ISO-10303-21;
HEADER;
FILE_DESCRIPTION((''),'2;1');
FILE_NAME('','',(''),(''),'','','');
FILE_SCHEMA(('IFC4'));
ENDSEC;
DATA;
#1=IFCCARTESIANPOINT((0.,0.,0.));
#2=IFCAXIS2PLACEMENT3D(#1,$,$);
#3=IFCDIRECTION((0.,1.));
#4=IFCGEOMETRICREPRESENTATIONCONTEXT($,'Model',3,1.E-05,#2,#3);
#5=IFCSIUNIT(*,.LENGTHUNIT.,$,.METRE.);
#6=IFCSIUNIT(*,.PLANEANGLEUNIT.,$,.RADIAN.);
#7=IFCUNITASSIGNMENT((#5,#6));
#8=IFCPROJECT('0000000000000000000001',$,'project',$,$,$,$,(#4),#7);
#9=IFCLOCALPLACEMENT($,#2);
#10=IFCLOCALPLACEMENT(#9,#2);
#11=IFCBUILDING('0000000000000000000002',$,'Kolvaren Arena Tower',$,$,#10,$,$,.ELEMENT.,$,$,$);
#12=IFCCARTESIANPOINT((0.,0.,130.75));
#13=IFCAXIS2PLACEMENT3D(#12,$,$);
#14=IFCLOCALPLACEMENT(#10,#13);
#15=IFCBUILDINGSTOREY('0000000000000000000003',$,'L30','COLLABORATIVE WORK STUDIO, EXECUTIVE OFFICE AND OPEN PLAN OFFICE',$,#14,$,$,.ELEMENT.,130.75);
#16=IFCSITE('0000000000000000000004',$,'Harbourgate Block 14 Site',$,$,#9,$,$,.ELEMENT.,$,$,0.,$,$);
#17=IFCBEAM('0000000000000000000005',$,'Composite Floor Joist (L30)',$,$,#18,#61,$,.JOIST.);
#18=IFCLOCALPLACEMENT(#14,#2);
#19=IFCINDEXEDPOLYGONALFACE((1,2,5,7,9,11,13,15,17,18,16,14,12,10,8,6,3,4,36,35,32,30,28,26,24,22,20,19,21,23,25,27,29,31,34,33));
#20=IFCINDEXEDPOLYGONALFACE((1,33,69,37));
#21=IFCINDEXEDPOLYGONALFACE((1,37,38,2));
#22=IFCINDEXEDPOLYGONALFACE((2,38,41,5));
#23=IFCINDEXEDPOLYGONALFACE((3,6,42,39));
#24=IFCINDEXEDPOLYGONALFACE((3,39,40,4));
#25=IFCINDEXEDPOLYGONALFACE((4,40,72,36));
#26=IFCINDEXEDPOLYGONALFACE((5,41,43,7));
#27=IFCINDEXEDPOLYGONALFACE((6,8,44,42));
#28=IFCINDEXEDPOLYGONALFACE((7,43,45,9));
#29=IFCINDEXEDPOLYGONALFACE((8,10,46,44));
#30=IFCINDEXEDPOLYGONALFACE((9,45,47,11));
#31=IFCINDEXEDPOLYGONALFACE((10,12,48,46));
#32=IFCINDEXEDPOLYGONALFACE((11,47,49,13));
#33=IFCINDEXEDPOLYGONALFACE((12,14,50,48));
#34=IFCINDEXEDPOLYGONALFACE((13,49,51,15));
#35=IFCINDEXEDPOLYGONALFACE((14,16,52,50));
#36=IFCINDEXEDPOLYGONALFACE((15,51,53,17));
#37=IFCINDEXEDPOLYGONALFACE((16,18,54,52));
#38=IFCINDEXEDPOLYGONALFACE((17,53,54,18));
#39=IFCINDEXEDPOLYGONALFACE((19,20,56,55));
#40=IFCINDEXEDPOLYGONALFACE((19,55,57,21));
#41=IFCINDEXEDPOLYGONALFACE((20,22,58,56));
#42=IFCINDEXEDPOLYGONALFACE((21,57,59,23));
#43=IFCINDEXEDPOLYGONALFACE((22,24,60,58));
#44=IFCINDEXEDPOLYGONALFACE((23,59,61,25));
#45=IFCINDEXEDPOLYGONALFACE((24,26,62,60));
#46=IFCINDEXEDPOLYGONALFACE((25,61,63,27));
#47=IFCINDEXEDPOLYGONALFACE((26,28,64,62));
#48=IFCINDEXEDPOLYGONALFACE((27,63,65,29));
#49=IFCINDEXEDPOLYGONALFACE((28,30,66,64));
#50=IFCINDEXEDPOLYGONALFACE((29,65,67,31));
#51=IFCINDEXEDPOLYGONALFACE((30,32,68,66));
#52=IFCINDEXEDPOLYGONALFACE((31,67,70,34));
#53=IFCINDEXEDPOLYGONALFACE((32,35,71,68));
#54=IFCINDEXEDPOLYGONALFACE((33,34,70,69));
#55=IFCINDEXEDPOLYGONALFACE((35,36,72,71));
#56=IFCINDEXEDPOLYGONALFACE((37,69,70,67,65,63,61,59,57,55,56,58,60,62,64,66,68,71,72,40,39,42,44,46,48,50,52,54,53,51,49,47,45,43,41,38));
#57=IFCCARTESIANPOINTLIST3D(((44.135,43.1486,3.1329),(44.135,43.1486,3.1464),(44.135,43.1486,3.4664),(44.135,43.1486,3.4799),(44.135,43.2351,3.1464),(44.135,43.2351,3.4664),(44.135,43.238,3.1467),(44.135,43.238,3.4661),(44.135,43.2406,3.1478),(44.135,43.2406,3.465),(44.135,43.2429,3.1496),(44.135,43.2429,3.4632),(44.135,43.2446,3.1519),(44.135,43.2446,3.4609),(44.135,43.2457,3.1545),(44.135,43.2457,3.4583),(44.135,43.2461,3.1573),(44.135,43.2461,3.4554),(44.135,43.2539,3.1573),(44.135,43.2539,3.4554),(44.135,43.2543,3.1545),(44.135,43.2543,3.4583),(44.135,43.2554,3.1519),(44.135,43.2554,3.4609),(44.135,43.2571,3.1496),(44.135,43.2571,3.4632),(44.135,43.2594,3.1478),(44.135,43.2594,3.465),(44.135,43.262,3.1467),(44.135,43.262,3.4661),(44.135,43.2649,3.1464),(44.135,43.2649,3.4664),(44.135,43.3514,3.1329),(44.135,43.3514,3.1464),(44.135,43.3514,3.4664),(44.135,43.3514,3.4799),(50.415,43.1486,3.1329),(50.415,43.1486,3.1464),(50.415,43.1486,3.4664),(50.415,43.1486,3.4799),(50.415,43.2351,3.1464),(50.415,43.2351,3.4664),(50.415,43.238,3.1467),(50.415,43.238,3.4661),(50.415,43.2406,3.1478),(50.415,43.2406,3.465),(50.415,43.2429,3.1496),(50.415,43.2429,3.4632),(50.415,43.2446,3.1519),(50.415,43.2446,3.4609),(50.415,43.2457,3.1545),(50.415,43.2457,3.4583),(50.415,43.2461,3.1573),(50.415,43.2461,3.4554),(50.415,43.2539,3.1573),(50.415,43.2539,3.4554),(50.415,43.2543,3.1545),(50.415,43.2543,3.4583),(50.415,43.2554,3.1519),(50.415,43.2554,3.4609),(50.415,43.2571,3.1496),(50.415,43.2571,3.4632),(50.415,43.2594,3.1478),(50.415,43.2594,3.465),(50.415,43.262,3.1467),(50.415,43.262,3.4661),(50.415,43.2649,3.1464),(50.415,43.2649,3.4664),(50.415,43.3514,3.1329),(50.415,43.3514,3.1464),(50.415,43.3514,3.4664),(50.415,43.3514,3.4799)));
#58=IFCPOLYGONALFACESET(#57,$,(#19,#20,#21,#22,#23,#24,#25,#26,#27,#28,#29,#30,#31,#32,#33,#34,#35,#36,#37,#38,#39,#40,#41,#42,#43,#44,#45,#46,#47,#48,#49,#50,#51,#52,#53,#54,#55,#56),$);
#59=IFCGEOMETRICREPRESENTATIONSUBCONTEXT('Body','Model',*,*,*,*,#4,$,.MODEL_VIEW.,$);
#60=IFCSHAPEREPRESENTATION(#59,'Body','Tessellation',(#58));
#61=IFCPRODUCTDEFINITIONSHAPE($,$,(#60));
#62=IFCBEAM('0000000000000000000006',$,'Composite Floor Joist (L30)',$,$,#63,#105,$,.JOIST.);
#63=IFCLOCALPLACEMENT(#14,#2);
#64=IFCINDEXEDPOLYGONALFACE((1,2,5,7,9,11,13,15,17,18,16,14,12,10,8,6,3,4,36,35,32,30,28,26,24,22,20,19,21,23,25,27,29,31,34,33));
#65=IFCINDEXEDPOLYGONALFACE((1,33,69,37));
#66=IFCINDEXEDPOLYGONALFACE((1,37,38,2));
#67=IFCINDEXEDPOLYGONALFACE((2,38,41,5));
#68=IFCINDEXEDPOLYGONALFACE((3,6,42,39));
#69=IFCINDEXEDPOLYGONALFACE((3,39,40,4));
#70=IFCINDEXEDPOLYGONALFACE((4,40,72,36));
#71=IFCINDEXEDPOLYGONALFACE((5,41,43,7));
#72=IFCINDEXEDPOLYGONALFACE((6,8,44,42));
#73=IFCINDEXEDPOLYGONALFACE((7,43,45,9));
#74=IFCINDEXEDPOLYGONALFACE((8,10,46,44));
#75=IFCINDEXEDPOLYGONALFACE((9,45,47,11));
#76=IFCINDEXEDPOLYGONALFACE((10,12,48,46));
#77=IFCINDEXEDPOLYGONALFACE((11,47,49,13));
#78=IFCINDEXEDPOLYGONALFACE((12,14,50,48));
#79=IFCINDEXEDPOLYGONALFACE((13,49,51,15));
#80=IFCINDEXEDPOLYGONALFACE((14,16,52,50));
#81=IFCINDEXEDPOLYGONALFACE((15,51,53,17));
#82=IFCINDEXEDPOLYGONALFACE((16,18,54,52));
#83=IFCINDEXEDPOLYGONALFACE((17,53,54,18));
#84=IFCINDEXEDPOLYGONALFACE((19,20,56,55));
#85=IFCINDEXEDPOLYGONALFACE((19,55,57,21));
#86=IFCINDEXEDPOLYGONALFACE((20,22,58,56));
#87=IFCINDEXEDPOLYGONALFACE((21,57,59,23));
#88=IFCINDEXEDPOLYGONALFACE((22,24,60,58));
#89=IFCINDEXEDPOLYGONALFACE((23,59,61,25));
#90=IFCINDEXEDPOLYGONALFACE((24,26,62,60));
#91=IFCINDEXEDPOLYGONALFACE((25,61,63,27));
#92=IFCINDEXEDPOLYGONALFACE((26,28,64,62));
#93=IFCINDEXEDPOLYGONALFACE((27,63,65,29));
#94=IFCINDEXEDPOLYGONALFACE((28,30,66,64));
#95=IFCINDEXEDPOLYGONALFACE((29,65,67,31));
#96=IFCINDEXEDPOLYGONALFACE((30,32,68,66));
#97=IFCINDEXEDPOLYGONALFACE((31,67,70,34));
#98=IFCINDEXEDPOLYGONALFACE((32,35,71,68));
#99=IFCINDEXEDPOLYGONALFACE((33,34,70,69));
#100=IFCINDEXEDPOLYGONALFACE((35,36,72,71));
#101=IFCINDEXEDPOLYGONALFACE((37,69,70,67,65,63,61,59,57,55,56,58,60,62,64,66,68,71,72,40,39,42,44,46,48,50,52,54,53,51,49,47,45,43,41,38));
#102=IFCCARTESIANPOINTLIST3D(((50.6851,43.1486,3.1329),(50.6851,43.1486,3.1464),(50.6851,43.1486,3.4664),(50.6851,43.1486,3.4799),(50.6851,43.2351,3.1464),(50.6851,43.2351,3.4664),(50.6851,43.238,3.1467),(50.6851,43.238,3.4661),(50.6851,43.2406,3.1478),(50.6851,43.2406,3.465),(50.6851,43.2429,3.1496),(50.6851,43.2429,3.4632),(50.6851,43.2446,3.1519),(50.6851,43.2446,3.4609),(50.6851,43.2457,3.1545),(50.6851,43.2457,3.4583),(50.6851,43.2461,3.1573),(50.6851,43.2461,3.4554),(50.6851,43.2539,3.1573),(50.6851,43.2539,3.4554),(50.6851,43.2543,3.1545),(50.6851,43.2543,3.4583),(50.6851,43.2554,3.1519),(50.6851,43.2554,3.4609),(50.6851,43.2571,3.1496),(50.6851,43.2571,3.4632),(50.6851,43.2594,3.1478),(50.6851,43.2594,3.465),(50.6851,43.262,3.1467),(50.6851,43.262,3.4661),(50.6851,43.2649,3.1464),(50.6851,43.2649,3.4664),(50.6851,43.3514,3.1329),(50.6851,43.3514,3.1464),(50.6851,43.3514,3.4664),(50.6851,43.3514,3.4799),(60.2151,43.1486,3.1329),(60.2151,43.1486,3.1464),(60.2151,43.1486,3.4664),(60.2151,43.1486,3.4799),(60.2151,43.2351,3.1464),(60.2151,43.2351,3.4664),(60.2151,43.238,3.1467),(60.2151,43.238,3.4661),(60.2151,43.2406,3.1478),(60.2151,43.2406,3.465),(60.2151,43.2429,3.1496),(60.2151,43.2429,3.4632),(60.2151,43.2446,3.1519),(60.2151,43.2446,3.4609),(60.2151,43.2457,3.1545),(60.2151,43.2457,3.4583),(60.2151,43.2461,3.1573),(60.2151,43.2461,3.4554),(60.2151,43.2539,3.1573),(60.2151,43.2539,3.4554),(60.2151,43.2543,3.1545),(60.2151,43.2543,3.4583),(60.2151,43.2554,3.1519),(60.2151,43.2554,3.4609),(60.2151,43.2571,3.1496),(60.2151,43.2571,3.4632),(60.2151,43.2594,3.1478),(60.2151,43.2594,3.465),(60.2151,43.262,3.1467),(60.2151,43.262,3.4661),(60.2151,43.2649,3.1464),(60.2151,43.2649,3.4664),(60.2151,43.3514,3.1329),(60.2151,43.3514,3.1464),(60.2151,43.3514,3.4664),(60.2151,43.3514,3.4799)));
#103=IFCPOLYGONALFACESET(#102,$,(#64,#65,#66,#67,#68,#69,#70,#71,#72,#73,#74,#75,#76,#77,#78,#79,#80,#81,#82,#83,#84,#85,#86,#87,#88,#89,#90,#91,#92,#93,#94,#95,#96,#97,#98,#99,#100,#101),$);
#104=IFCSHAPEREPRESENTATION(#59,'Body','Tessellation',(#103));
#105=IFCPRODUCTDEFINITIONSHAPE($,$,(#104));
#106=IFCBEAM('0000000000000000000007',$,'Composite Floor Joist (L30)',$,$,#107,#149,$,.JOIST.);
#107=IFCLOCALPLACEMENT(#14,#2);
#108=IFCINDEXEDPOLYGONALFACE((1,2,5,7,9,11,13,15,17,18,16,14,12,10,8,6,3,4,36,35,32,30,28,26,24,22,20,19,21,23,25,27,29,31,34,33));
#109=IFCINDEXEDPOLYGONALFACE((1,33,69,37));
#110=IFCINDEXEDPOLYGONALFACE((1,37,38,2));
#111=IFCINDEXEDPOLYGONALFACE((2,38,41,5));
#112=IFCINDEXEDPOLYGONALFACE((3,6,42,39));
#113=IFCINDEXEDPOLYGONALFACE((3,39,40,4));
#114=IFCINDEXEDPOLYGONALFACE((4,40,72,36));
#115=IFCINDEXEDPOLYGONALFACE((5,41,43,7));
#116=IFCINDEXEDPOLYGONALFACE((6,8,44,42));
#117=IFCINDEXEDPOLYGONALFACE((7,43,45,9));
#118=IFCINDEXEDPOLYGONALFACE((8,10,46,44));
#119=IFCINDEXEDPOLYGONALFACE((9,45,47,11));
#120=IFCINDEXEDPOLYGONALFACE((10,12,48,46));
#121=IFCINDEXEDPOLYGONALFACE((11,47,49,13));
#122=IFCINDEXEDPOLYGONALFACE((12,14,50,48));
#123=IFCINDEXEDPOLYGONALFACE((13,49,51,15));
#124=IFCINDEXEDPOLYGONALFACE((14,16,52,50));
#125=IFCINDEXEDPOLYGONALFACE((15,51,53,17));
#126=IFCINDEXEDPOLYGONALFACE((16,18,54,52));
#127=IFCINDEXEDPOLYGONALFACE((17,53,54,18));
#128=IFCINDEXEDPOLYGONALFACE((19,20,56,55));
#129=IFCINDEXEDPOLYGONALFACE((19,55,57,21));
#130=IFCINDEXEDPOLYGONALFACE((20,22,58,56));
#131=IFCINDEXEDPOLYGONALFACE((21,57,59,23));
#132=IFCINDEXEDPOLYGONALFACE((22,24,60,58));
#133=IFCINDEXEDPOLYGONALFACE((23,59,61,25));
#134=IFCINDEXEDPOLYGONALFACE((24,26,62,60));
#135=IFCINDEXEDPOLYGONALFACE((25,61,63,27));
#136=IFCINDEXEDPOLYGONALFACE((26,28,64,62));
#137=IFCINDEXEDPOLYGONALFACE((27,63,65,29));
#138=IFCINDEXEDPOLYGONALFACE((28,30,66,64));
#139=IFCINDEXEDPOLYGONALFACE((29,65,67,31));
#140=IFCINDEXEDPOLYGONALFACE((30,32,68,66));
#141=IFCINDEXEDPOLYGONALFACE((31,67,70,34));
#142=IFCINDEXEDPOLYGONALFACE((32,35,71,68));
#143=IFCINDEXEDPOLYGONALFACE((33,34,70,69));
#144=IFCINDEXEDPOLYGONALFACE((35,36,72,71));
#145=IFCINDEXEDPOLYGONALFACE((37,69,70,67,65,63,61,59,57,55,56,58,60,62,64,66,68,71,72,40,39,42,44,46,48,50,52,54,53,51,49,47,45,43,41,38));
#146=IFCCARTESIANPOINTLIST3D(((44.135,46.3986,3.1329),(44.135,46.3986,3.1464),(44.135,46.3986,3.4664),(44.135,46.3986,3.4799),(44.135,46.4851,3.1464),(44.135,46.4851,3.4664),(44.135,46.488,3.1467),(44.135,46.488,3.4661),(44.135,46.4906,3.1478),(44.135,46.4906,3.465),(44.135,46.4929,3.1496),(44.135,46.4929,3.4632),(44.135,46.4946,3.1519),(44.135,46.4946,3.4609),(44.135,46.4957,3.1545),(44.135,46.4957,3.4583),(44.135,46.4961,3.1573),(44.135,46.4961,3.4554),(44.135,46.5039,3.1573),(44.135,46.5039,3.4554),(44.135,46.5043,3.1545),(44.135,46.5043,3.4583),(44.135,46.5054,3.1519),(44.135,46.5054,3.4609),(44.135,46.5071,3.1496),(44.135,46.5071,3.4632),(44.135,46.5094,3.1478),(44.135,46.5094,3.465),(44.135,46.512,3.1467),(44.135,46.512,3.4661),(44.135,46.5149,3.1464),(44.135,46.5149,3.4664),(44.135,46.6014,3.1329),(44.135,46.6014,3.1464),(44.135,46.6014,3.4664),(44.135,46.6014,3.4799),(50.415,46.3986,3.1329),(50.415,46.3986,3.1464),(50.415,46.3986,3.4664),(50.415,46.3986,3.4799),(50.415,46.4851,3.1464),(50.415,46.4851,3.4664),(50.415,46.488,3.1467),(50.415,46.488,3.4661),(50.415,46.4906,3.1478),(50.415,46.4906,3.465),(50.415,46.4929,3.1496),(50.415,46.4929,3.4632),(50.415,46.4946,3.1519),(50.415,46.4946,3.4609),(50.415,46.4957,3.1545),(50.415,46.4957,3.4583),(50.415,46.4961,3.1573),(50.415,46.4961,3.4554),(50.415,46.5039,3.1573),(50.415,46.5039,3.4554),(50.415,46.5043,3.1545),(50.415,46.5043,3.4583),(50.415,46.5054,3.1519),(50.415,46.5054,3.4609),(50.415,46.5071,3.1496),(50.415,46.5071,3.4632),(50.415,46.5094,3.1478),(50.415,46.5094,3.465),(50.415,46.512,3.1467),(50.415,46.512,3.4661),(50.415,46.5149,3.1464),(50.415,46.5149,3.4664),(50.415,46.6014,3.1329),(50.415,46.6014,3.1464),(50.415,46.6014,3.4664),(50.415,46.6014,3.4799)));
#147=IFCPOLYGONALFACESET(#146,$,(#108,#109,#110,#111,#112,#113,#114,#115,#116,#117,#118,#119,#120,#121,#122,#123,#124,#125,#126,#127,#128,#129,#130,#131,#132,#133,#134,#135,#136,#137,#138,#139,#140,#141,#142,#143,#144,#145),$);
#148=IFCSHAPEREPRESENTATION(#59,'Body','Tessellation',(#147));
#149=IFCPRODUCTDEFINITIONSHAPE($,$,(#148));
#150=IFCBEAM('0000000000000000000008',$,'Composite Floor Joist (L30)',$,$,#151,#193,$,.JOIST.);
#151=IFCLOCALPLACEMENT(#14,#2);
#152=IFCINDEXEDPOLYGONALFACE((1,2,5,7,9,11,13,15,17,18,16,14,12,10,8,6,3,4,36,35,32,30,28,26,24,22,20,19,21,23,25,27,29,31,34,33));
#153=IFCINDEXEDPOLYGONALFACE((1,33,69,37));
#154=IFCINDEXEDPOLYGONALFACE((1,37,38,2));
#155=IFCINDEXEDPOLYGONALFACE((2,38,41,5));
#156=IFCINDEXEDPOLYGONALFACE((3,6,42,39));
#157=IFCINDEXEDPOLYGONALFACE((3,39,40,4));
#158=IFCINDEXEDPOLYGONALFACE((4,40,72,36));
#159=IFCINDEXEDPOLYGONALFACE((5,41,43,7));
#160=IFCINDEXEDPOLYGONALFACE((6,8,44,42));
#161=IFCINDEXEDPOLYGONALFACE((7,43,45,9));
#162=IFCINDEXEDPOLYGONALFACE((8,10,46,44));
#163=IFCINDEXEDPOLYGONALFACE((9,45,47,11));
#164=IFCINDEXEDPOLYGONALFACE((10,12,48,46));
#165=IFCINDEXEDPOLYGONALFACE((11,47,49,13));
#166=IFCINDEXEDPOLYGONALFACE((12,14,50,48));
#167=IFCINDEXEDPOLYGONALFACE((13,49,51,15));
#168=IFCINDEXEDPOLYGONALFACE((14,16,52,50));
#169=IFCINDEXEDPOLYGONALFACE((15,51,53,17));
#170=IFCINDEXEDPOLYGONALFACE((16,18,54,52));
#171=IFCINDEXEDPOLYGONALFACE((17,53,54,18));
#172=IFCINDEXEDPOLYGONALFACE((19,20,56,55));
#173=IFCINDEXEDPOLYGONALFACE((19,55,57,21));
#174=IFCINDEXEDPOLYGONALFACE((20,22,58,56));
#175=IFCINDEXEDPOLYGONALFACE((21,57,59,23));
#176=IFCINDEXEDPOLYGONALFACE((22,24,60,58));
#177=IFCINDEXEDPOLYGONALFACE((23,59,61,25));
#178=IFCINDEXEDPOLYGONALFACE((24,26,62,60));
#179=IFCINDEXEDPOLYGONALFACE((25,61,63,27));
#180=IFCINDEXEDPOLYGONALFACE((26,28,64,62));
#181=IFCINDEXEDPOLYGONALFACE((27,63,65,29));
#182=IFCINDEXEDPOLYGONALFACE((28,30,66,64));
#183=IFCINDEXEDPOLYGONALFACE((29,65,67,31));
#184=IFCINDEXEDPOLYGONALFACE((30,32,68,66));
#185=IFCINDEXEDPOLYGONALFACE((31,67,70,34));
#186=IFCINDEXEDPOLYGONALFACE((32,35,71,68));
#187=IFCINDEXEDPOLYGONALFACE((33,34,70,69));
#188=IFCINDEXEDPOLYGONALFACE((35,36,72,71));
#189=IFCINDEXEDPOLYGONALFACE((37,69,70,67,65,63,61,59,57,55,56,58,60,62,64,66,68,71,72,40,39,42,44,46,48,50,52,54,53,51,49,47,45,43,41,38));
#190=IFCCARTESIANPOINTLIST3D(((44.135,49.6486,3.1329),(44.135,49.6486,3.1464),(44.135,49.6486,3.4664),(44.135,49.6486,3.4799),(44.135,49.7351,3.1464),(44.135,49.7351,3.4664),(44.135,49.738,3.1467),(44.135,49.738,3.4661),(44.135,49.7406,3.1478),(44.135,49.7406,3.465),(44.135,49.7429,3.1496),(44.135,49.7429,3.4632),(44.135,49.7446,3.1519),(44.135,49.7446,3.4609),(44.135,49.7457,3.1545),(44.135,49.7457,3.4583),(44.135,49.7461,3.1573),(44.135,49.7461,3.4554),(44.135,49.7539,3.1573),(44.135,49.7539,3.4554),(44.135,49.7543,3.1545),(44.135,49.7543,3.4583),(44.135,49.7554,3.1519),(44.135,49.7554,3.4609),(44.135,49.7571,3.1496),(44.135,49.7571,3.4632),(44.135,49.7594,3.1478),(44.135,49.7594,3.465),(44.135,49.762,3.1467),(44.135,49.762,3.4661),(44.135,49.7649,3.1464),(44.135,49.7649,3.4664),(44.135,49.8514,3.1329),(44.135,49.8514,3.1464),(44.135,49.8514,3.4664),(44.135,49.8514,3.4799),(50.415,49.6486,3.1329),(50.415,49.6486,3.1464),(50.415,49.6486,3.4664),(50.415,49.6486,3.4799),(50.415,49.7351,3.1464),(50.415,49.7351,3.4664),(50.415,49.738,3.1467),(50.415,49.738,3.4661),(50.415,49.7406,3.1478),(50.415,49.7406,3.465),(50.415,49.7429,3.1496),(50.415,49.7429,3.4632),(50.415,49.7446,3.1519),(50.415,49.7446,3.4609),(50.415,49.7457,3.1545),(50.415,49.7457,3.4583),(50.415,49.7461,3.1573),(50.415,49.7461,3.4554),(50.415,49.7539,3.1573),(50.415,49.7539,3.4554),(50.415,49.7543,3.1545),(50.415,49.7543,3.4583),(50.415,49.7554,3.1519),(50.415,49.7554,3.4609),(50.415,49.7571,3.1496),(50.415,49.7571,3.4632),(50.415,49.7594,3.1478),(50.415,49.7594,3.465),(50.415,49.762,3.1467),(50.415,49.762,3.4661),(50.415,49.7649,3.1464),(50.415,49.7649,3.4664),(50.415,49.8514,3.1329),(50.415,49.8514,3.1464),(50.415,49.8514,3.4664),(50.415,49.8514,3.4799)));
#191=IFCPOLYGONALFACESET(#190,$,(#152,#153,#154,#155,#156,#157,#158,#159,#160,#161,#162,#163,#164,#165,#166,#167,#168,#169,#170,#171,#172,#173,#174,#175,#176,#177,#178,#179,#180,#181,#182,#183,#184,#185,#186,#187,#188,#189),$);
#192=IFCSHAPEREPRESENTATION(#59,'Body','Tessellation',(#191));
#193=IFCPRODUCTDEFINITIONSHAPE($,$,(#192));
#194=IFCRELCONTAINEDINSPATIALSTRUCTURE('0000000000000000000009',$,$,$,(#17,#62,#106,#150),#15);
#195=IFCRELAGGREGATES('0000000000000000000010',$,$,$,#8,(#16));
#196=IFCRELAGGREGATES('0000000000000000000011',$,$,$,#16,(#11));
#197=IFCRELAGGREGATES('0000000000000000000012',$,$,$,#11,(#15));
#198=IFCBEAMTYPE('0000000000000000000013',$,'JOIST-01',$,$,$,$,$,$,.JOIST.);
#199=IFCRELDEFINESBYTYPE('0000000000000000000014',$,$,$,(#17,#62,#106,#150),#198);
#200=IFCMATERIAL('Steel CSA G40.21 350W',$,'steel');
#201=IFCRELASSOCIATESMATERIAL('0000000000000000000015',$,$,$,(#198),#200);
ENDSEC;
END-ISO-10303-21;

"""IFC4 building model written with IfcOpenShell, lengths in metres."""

from ifc_helpers import new_model, si_unit, direction, frame, origin, origin_2d, place, context, subcontext, project, spatial, i_section, extrude, material, material_profile, profile_set, type_object, element, save


model = new_model("IFC4")

# Units and contexts
model_context = context("Model", 3, precision=1e-05, world=origin(), true_north=direction((0.0, 1.0)))
body_context = subcontext(model_context, "Body", "Model", "MODEL_VIEW")
ifc_project = project(units=[si_unit("LENGTHUNIT", "METRE"), si_unit("PLANEANGLEUNIT", "RADIAN")], contexts=[model_context])

# Site, building, storey
site_placement = place(None, origin())
site = spatial("IfcSite", under=ifc_project, at=site_placement, Name="Harbourgate Block 14 Site", CompositionType="ELEMENT", RefElevation=0.0)
building_placement = place(site_placement, origin())
building = spatial("IfcBuilding", under=site, at=building_placement, Name="Kolvaren Arena Tower", CompositionType="ELEMENT")
storey_placement = place(building_placement, frame((0.0, 0.0, 130.75)))
storey = spatial("IfcBuildingStorey", under=building, at=storey_placement, Name="L30", Description="COLLABORATIVE WORK STUDIO, EXECUTIVE OFFICE AND OPEN PLAN OFFICE", CompositionType="ELEMENT", Elevation=130.75)

# Beams
ifc_material_1 = material(Name="Steel CSA G40.21 350W", Category="steel")
ifc_material_profile_1 = material_profile(ifc_material_1, i_section(OverallWidth=0.2029, OverallDepth=0.3469, WebThickness=0.0078, FlangeThickness=0.0134, FilletRadius=0.011, at=origin_2d()), Name="W360x64")
ifc_profile_set_1 = profile_set([ifc_material_profile_1], Name="Steel CSA G40.21 350W")
beam_type_1 = type_object("IfcBeamType", Name="JOIST-01", PredefinedType="JOIST", material=ifc_profile_set_1)
beam_1_placement = place(storey_placement, frame((44.135, 43.25, 3.3064), z_axis=(1.0, 0.0, 0.0), x_axis=(0.0, 1.0, 0.0)))
element("IfcBeam", 1, at=beam_1_placement, inside=storey, type_object=beam_type_1, Name="Composite Floor Joist (L30)", PredefinedType="JOIST", context=body_context, shape_type="SweptSolid", body=[
    extrude(i_section(OverallWidth=0.2029, OverallDepth=0.3469, WebThickness=0.0078, FlangeThickness=0.0134, FilletRadius=0.011, at=origin_2d()), origin(), (0.0, 0.0, 1.0), 6.28),
])
beam_2_placement = place(storey_placement, frame((50.6851, 43.25, 3.3064), z_axis=(1.0, 0.0, 0.0), x_axis=(0.0, 1.0, 0.0)))
element("IfcBeam", 2, at=beam_2_placement, inside=storey, type_object=beam_type_1, Name="Composite Floor Joist (L30)", PredefinedType="JOIST", context=body_context, shape_type="SweptSolid", body=[
    extrude(i_section(OverallWidth=0.2029, OverallDepth=0.3469, WebThickness=0.0078, FlangeThickness=0.0134, FilletRadius=0.011, at=origin_2d()), origin(), (0.0, 0.0, 1.0), 9.53),
])
for number, where, z_axis, x_axis, name in (
    (3, (44.135, 46.5, 3.3064), (1.0, 0.0, 0.0), (0.0, 1.0, 0.0), "Composite Floor Joist (L30)"),
    (4, (44.135, 49.75, 3.3064), (1.0, 0.0, 0.0), (0.0, 1.0, 0.0), "Composite Floor Joist (L30)"),
):
    element("IfcBeam", number, at=place(storey_placement, frame(where, z_axis=z_axis, x_axis=x_axis)), inside=storey, type_object=beam_type_1, Name=name, PredefinedType="JOIST", context=body_context, shape_type="SweptSolid", body=[
        extrude(i_section(OverallWidth=0.2029, OverallDepth=0.3469, WebThickness=0.0078, FlangeThickness=0.0134, FilletRadius=0.011, at=origin_2d()), origin(), (0.0, 0.0, 1.0), 6.28),
    ])

save(model, "model.ifc")
